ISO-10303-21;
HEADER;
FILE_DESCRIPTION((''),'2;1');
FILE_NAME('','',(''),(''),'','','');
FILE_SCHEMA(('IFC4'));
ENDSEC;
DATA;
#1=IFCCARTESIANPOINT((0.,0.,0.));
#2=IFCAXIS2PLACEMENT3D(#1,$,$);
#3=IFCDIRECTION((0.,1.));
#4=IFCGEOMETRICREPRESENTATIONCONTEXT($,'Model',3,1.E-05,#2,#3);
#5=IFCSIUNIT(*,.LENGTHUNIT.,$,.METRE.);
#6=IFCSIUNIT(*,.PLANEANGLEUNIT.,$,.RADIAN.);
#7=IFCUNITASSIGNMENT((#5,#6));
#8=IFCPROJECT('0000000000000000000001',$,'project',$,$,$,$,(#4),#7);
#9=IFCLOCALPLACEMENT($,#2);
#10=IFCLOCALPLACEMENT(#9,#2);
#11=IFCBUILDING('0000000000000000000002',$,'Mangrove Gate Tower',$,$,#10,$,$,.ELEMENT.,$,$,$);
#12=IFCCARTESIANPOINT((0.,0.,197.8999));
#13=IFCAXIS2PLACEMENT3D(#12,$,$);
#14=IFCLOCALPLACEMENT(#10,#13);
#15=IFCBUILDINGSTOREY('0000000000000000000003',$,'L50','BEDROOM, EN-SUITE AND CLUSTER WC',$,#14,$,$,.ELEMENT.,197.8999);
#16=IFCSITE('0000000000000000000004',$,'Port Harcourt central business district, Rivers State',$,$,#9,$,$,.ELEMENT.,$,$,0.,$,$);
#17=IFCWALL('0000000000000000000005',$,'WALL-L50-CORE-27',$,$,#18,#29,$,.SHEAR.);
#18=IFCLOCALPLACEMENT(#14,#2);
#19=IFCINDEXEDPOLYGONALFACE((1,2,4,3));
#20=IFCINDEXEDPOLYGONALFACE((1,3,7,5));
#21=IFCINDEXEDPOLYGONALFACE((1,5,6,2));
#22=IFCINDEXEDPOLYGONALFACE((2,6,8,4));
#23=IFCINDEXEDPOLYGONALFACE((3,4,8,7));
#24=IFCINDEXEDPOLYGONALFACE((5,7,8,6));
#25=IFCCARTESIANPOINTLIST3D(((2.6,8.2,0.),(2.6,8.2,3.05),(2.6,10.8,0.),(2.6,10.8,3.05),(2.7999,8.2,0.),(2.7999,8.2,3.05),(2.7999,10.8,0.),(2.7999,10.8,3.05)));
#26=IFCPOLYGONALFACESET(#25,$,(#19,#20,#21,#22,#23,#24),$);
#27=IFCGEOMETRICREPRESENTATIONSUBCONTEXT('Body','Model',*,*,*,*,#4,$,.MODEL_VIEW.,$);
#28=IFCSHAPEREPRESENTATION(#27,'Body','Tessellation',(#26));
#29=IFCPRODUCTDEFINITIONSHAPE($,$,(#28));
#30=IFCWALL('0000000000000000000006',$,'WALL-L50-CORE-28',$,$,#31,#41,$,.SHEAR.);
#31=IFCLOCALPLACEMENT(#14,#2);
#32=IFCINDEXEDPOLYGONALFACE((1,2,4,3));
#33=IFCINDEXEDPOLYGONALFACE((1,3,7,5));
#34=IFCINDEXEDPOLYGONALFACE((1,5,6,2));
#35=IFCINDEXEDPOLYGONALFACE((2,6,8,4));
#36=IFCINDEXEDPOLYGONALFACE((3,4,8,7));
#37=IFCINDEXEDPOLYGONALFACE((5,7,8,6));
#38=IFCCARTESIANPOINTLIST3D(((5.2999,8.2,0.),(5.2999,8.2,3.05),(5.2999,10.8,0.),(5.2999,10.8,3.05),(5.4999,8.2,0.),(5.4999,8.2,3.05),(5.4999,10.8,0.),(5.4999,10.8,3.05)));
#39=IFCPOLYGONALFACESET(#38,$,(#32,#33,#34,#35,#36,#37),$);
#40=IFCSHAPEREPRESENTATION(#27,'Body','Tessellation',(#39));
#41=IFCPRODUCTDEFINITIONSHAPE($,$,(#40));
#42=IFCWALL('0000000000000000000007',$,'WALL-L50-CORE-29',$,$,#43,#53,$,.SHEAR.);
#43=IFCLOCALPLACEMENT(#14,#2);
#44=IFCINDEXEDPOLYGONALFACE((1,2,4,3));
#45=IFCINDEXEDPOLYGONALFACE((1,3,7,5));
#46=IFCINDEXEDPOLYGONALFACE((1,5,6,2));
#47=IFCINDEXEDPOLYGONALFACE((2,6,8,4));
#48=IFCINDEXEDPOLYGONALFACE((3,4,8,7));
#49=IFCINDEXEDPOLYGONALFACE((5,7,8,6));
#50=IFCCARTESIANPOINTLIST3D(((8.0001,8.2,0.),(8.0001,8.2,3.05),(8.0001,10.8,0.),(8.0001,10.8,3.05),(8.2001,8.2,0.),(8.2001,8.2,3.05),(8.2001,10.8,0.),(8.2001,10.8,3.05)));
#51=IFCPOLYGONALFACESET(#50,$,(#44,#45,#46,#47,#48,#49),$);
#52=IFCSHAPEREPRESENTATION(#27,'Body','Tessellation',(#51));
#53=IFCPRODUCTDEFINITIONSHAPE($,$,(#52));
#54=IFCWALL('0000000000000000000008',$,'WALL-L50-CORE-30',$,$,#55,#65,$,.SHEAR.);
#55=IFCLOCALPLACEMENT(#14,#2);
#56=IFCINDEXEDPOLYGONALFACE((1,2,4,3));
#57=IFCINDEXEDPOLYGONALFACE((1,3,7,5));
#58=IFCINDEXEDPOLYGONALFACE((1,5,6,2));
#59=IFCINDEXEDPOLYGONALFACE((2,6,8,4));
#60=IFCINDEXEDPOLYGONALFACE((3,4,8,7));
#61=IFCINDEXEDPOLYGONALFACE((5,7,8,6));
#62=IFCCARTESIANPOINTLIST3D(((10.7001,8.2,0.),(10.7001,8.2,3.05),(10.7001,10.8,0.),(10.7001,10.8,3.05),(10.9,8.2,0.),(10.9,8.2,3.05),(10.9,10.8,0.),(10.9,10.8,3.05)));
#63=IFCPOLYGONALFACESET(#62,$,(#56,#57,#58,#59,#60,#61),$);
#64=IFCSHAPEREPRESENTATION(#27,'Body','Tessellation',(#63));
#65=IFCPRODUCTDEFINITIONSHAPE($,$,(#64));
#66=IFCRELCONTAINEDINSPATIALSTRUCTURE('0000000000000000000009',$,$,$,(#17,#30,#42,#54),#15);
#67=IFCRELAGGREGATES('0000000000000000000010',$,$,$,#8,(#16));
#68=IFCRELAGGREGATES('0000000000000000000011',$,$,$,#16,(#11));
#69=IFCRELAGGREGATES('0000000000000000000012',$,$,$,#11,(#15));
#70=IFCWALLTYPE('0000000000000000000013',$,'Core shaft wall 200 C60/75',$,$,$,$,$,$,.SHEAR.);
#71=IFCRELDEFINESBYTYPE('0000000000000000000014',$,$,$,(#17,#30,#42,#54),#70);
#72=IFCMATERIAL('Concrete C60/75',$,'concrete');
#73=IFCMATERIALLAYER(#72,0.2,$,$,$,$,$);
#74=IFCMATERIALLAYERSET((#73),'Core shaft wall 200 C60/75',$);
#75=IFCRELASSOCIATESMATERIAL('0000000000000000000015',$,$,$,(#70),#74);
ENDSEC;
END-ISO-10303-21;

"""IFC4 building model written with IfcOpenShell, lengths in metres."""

from ifc_helpers import new_model, si_unit, direction, frame, frame_2d, origin, place, context, subcontext, project, spatial, rectangle, extrude, material, layer, layer_set, type_object, element, save


model = new_model("IFC4")

# Units and contexts
model_context = context("Model", 3, precision=1e-05, world=origin(), true_north=direction((0.0, 1.0)))
body_context = subcontext(model_context, "Body", "Model", "MODEL_VIEW")
ifc_project = project(units=[si_unit("LENGTHUNIT", "METRE"), si_unit("PLANEANGLEUNIT", "RADIAN")], contexts=[model_context])

# Site, building, storey
site_placement = place(None, origin())
site = spatial("IfcSite", under=ifc_project, at=site_placement, Name="Port Harcourt central business district, Rivers State", CompositionType="ELEMENT", RefElevation=0.0)
building_placement = place(site_placement, origin())
building = spatial("IfcBuilding", under=site, at=building_placement, Name="Mangrove Gate Tower", CompositionType="ELEMENT")
storey_placement = place(building_placement, frame((0.0, 0.0, 197.8999)))
storey = spatial("IfcBuildingStorey", under=building, at=storey_placement, Name="L50", Description="BEDROOM, EN-SUITE AND CLUSTER WC", CompositionType="ELEMENT", Elevation=197.8999)

# Walls
ifc_material_1 = material(Name="Concrete C60/75", Category="concrete")
ifc_layer_1 = layer(ifc_material_1, 0.2)
ifc_layer_set_1 = layer_set([ifc_layer_1], Name="Core shaft wall 200 C60/75")
wall_type = type_object("IfcWallType", Name="Core shaft wall 200 C60/75", PredefinedType="SHEAR", material=ifc_layer_set_1)
for number, where, z_axis, x_axis, name in (
    (1, (2.7, 8.2, 0.0), (0.0, 0.0, 1.0), (0.0, 1.0, 0.0), "WALL-L50-CORE-27"),
    (2, (5.3999, 8.2, 0.0), (0.0, 0.0, 1.0), (0.0, 1.0, 0.0), "WALL-L50-CORE-28"),
    (3, (8.1001, 8.2, 0.0), (0.0, 0.0, 1.0), (0.0, 1.0, 0.0), "WALL-L50-CORE-29"),
    (4, (10.8, 8.2, 0.0), (0.0, 0.0, 1.0), (0.0, 1.0, 0.0), "WALL-L50-CORE-30"),
):
    element("IfcWall", number, at=place(storey_placement, frame(where, z_axis=z_axis, x_axis=x_axis)), inside=storey, type_object=wall_type, Name=name, PredefinedType="SHEAR", context=body_context, shape_type="SweptSolid", body=[
        extrude(rectangle(XDim=2.6001, YDim=0.2, at=frame_2d((1.3, 0.0))), origin(), (0.0, 0.0, 1.0), 3.05),
    ])

save(model, "model.ifc")
